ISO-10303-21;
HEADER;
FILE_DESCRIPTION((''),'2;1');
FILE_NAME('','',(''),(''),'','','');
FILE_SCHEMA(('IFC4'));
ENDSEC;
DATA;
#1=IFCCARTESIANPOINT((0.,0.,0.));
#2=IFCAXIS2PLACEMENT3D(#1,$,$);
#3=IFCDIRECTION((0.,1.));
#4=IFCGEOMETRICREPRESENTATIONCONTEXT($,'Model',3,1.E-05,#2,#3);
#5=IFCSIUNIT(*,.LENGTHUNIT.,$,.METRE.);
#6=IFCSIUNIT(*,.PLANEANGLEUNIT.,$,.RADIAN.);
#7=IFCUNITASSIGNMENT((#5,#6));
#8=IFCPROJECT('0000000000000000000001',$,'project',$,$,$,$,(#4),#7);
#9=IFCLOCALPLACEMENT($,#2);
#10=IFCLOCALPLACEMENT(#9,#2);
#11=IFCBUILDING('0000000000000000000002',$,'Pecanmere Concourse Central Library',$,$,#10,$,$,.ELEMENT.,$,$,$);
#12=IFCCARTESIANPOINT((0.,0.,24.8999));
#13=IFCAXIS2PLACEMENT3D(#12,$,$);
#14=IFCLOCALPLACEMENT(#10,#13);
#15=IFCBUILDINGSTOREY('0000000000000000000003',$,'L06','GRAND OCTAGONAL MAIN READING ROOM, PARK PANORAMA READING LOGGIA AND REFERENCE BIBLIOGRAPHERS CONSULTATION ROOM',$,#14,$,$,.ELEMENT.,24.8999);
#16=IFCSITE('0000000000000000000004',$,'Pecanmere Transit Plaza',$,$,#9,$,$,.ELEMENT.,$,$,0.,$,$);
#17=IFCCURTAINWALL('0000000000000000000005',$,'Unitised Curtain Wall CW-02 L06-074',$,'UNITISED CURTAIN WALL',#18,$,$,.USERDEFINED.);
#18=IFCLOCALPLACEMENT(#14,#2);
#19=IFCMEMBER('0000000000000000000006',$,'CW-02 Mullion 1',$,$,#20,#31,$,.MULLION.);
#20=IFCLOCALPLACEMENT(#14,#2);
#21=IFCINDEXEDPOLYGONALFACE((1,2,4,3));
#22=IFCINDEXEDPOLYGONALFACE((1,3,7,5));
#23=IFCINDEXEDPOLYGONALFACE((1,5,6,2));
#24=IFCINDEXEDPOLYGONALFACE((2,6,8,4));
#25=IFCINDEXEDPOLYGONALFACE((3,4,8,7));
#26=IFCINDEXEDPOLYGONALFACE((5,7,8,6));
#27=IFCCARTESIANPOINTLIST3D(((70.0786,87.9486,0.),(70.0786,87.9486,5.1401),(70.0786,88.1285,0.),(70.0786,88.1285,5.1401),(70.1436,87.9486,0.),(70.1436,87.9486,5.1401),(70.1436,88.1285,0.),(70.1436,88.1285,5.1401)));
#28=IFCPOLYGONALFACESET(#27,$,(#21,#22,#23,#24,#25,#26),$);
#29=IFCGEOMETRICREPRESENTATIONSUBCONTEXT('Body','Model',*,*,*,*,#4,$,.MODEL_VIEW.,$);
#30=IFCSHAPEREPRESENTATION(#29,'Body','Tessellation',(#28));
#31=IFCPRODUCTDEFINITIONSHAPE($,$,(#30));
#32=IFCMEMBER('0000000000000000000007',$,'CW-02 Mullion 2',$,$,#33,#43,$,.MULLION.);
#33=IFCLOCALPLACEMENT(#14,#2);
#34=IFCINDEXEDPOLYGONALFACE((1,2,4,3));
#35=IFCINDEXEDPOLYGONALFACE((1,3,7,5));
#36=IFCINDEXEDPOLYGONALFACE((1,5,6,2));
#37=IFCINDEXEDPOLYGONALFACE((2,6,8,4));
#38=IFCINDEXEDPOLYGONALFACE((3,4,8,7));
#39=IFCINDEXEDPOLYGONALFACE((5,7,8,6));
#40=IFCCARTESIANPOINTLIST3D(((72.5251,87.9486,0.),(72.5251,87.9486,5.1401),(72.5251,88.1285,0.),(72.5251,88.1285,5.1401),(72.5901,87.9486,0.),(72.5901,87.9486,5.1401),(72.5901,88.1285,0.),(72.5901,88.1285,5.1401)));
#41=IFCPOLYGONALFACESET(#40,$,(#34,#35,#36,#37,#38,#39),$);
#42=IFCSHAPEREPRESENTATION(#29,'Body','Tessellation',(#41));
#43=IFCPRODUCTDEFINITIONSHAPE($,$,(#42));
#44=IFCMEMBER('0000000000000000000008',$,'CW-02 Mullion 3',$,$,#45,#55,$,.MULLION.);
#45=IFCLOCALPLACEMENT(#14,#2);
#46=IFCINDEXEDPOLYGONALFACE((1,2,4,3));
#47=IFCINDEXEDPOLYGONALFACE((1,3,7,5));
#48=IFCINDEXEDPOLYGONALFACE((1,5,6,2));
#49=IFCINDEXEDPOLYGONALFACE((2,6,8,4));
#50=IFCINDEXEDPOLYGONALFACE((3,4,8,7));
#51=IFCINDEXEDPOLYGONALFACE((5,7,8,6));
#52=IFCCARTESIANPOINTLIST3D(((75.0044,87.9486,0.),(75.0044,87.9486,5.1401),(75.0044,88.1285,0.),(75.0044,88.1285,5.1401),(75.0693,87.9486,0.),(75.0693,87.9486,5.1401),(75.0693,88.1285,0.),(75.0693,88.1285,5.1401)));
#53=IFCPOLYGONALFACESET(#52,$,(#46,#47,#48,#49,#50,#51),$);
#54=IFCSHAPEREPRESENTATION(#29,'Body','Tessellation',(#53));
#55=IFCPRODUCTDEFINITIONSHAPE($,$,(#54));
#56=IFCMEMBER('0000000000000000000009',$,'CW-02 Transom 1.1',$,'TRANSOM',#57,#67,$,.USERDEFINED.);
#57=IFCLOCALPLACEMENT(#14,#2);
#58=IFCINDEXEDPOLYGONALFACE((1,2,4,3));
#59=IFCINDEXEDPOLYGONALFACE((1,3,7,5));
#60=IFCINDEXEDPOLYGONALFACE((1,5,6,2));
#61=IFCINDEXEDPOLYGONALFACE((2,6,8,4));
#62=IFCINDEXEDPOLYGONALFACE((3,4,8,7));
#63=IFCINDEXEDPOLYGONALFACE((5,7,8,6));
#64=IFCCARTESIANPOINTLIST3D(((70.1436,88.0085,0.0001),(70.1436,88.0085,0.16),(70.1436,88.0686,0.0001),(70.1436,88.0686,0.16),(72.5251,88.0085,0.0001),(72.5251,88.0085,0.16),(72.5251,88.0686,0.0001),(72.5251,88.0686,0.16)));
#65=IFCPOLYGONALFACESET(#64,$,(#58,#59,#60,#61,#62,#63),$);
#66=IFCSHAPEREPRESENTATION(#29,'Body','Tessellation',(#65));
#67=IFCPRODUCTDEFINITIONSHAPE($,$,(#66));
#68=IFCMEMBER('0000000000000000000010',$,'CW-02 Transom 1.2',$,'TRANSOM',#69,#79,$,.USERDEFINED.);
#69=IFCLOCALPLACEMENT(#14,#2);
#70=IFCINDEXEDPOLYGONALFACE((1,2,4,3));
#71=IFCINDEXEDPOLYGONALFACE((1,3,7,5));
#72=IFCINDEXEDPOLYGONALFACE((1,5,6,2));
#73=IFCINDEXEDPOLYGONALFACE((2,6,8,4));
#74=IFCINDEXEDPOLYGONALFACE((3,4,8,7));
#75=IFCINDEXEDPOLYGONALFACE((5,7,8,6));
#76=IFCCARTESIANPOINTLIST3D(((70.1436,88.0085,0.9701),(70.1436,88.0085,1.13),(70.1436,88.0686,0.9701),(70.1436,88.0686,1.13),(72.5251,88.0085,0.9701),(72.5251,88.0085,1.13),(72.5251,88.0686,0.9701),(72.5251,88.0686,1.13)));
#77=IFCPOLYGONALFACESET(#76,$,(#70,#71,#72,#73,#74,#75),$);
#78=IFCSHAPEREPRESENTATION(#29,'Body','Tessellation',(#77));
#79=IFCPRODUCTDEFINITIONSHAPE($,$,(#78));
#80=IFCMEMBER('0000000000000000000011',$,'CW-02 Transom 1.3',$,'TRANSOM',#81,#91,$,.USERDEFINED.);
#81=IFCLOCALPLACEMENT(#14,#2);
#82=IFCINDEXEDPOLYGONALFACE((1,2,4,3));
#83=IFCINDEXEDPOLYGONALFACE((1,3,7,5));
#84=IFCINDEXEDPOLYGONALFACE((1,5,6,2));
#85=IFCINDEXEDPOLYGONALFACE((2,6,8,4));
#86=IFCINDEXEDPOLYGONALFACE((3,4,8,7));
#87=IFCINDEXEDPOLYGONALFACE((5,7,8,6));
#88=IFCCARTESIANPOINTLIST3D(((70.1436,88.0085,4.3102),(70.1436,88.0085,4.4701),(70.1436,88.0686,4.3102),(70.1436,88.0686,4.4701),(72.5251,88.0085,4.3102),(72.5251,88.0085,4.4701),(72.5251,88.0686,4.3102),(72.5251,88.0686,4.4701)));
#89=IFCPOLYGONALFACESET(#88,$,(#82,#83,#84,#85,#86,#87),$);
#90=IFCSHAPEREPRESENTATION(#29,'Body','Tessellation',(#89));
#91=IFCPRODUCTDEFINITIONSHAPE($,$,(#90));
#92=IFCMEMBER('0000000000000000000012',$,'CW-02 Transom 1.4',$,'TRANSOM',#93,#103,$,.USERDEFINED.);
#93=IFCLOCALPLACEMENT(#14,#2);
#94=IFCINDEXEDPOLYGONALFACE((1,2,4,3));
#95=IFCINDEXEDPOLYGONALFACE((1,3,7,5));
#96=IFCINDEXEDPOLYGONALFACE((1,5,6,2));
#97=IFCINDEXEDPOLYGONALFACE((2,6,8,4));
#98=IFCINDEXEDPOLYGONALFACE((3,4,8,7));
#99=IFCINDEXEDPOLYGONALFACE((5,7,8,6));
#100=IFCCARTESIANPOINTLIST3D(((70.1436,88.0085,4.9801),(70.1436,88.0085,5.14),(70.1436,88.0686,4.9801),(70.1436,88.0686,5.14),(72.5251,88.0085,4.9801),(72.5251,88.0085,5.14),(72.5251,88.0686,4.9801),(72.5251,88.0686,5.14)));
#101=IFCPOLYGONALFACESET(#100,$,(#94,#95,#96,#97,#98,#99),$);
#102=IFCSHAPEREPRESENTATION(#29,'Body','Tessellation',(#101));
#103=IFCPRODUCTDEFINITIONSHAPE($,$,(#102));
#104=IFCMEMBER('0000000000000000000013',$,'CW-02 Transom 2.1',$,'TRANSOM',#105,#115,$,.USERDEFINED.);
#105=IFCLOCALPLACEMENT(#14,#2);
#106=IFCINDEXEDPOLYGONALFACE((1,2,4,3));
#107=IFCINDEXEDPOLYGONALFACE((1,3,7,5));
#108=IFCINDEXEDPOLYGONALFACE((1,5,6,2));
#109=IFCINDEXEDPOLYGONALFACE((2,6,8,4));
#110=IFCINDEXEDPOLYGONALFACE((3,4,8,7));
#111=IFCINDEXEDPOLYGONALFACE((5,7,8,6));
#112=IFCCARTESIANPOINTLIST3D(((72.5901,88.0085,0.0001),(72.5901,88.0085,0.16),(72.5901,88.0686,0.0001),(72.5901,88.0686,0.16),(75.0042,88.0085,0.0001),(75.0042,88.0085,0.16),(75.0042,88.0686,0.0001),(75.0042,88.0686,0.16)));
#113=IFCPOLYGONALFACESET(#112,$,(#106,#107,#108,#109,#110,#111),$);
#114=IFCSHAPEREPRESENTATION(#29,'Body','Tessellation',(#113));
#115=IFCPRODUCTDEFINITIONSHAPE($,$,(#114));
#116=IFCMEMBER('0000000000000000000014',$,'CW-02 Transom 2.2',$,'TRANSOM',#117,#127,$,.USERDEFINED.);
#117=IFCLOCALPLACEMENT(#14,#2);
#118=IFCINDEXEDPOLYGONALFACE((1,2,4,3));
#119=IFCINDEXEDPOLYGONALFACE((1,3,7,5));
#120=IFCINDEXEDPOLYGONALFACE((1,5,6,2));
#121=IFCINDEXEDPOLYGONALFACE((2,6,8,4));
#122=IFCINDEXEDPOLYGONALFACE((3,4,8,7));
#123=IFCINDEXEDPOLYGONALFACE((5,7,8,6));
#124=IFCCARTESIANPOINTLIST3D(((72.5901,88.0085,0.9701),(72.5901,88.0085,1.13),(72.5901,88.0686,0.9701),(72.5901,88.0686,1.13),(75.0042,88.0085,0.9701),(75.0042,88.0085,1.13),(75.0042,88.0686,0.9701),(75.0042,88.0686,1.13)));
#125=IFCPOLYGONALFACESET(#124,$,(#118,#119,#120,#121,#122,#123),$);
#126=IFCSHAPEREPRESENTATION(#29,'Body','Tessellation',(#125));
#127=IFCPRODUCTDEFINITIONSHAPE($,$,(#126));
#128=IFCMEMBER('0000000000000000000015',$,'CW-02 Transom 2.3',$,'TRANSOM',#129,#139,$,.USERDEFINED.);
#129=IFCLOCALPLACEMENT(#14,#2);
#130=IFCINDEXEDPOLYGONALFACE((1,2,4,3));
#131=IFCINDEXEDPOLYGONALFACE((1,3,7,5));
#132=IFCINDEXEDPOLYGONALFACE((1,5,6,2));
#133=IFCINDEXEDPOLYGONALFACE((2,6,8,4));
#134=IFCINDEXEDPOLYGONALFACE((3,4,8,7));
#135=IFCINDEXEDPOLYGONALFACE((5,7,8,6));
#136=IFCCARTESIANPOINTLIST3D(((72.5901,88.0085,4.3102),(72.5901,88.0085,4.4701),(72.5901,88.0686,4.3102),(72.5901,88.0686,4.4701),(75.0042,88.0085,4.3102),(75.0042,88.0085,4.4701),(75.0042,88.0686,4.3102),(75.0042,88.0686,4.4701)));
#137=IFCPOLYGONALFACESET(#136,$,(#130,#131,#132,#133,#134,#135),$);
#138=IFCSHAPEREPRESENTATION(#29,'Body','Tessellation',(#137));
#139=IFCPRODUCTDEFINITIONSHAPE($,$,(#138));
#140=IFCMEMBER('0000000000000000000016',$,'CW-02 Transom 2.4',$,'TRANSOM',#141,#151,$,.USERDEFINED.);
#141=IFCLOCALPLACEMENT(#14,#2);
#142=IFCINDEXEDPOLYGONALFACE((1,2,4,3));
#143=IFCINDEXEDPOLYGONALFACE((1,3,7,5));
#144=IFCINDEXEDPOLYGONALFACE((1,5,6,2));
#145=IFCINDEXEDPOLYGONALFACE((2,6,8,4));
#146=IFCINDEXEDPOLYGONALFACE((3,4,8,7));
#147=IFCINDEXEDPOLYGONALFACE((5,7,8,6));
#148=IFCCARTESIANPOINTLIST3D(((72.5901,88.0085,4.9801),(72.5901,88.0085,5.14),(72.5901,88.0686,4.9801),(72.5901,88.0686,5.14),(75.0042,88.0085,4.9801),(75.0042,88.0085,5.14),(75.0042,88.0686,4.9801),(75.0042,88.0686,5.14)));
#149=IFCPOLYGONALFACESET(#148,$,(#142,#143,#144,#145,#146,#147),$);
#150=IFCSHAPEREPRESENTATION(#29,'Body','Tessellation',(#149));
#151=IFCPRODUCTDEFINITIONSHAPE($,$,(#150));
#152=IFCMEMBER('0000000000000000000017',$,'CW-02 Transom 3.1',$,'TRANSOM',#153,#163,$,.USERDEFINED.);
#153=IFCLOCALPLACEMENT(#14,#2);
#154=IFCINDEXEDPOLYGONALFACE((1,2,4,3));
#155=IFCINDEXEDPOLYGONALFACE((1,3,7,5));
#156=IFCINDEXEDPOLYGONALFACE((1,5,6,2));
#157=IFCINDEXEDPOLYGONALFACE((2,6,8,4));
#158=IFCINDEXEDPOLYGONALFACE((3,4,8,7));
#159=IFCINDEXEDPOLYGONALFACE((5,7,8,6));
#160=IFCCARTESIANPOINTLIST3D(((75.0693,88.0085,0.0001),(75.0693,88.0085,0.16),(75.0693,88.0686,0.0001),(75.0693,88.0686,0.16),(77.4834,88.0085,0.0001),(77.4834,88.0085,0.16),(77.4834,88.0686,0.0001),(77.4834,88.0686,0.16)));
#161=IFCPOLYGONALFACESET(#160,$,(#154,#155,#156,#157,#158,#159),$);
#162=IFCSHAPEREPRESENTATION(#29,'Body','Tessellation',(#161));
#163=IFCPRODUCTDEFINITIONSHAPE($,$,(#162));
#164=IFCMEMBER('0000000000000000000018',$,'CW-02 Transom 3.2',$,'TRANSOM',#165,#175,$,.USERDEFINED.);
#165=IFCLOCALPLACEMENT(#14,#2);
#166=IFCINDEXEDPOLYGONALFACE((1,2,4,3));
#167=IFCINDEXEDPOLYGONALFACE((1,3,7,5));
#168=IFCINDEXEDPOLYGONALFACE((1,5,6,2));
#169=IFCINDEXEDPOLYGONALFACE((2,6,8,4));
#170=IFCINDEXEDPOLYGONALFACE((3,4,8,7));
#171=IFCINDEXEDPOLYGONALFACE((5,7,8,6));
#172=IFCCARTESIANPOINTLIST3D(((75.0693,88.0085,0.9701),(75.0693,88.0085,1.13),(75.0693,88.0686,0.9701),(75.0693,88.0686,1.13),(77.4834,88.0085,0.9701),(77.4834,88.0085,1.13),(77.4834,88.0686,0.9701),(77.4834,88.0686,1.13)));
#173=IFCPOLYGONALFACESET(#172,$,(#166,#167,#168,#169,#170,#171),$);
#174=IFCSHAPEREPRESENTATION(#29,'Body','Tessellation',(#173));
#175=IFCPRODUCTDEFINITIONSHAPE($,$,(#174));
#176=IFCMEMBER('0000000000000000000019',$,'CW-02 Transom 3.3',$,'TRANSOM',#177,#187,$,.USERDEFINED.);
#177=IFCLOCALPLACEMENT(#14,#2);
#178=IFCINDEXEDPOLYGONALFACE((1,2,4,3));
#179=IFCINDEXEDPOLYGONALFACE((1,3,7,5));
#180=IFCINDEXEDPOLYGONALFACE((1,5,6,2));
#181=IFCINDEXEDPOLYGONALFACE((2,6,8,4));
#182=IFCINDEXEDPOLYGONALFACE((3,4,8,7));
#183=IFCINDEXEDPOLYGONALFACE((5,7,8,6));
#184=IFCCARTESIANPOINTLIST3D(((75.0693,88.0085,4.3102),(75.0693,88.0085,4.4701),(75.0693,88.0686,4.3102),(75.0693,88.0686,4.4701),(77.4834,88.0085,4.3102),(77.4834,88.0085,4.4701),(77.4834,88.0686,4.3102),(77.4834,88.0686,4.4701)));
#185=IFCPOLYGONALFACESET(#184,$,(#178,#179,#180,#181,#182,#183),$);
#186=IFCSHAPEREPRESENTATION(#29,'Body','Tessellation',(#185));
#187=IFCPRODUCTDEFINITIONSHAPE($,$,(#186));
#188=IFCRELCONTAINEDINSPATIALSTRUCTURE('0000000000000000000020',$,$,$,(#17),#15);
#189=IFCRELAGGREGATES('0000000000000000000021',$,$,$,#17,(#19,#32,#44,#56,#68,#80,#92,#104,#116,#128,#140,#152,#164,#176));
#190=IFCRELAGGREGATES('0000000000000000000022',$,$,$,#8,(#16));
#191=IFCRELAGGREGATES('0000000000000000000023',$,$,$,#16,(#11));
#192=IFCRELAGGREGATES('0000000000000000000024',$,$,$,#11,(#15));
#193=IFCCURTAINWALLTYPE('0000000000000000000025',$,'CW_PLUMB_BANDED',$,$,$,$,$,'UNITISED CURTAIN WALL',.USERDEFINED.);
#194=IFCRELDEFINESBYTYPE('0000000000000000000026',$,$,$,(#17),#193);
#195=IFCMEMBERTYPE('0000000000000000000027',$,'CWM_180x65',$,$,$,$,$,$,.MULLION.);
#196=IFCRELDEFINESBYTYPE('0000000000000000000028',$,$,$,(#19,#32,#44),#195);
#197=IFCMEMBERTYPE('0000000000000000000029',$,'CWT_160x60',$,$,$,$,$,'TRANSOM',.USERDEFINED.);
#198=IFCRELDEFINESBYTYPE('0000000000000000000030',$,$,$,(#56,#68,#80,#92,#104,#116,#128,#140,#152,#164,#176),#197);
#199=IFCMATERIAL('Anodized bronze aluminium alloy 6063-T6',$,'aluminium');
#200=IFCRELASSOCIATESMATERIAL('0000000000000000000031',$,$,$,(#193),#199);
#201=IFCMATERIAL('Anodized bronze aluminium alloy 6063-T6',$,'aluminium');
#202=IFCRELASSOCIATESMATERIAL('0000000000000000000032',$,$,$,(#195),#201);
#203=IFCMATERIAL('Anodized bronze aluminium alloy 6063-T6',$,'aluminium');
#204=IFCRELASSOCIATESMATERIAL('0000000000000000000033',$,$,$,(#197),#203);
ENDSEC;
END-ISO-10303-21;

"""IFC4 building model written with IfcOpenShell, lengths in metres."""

from ifc_helpers import new_model, si_unit, direction, frame, origin, origin_2d, place, context, subcontext, project, spatial, rectangle, extrude, material, material_profile, profile_set, type_object, element, aggregate, save


model = new_model("IFC4")

# Units and contexts
model_context = context("Model", 3, precision=1e-05, world=origin(), true_north=direction((0.0, 1.0)))
body_context = subcontext(model_context, "Body", "Model", "MODEL_VIEW")
ifc_project = project(units=[si_unit("LENGTHUNIT", "METRE"), si_unit("PLANEANGLEUNIT", "RADIAN")], contexts=[model_context])

# Site, building, storey
site_placement = place(None, origin())
site = spatial("IfcSite", under=ifc_project, at=site_placement, Name="Pecanmere Transit Plaza", CompositionType="ELEMENT", RefElevation=0.0)
building_placement = place(site_placement, origin())
building = spatial("IfcBuilding", under=site, at=building_placement, Name="Pecanmere Concourse Central Library", CompositionType="ELEMENT")
storey_placement = place(building_placement, frame((0.0, 0.0, 24.8999)))
storey = spatial("IfcBuildingStorey", under=building, at=storey_placement, Name="L06", Description="GRAND OCTAGONAL MAIN READING ROOM, PARK PANORAMA READING LOGGIA AND REFERENCE BIBLIOGRAPHERS CONSULTATION ROOM", CompositionType="ELEMENT", Elevation=24.8999)

# Curtain wall, members
ifc_material_1 = material(Name="Anodized bronze aluminium alloy 6063-T6", Category="aluminium")
curtain_wall_type = type_object("IfcCurtainWallType", Name="CW_PLUMB_BANDED", ElementType="UNITISED CURTAIN WALL", PredefinedType="USERDEFINED", material=ifc_material_1)
curtain_wall_placement = place(storey_placement, origin())
curtain_wall = element("IfcCurtainWall", 1, at=curtain_wall_placement, inside=storey, type_object=curtain_wall_type, Name="Unitised Curtain Wall CW-02 L06-074", ObjectType="UNITISED CURTAIN WALL", PredefinedType="USERDEFINED")
ifc_material_2 = material(Name="Anodized bronze aluminium alloy 6063-T6", Category="aluminium")
ifc_material_profile_1 = material_profile(ifc_material_2, rectangle(XDim=0.0649, YDim=0.1799, at=origin_2d()), Name="AL 65x180")
ifc_profile_set_1 = profile_set([ifc_material_profile_1], Name="Anodized bronze aluminium alloy 6063-T6")
member_type_1 = type_object("IfcMemberType", Name="CWM_180x65", PredefinedType="MULLION", material=ifc_profile_set_1)
member_1_placement = place(storey_placement, frame((70.1111, 88.0386, 0.0), z_axis=(0.0, 0.0, 1.0), x_axis=(1.0, 0.0, 0.0)))
member_1 = element("IfcMember", 2, at=member_1_placement, type_object=member_type_1, Name="CW-02 Mullion 1", PredefinedType="MULLION", context=body_context, shape_type="SweptSolid", body=[
    extrude(rectangle(XDim=0.0649, YDim=0.1799, at=origin_2d()), origin(), (0.0, 0.0, 1.0), 5.1401),
])
member_2_placement = place(storey_placement, frame((72.5576, 88.0386, 0.0), z_axis=(0.0, 0.0, 1.0), x_axis=(1.0, 0.0, 0.0)))
member_2 = element("IfcMember", 3, at=member_2_placement, type_object=member_type_1, Name="CW-02 Mullion 2", PredefinedType="MULLION", context=body_context, shape_type="SweptSolid", body=[
    extrude(rectangle(XDim=0.0649, YDim=0.1799, at=origin_2d()), origin(), (0.0, 0.0, 1.0), 5.1401),
])
member_3_placement = place(storey_placement, frame((75.0369, 88.0386, 0.0), z_axis=(0.0, 0.0, 1.0), x_axis=(1.0, 0.0, 0.0)))
member_3 = element("IfcMember", 4, at=member_3_placement, type_object=member_type_1, Name="CW-02 Mullion 3", PredefinedType="MULLION", context=body_context, shape_type="SweptSolid", body=[
    extrude(rectangle(XDim=0.0649, YDim=0.1799, at=origin_2d()), origin(), (0.0, 0.0, 1.0), 5.1401),
])
ifc_material_3 = material(Name="Anodized bronze aluminium alloy 6063-T6", Category="aluminium")
ifc_material_profile_2 = material_profile(ifc_material_3, rectangle(XDim=0.0601, YDim=0.1599, at=origin_2d()), Name="AL 60x160")
ifc_profile_set_2 = profile_set([ifc_material_profile_2], Name="Anodized bronze aluminium alloy 6063-T6")
member_type_2 = type_object("IfcMemberType", Name="CWT_160x60", ElementType="TRANSOM", PredefinedType="USERDEFINED", material=ifc_profile_set_2)
member_4_placement = place(storey_placement, frame((70.1436, 88.0386, 0.0801), z_axis=(1.0, 0.0, 0.0), x_axis=(0.0, 1.0, 0.0)))
member_4 = element("IfcMember", 5, at=member_4_placement, type_object=member_type_2, Name="CW-02 Transom 1.1", ObjectType="TRANSOM", PredefinedType="USERDEFINED", context=body_context, shape_type="SweptSolid", body=[
    extrude(rectangle(XDim=0.0601, YDim=0.1599, at=origin_2d()), origin(), (0.0, 0.0, 1.0), 2.3816),
])
member_5_placement = place(storey_placement, frame((70.1436, 88.0386, 1.05), z_axis=(1.0, 0.0, 0.0), x_axis=(0.0, 1.0, 0.0)))
member_5 = element("IfcMember", 6, at=member_5_placement, type_object=member_type_2, Name="CW-02 Transom 1.2", ObjectType="TRANSOM", PredefinedType="USERDEFINED", context=body_context, shape_type="SweptSolid", body=[
    extrude(rectangle(XDim=0.0601, YDim=0.1599, at=origin_2d()), origin(), (0.0, 0.0, 1.0), 2.3816),
])
member_6_placement = place(storey_placement, frame((70.1436, 88.0386, 4.3901), z_axis=(1.0, 0.0, 0.0), x_axis=(0.0, 1.0, 0.0)))
member_6 = element("IfcMember", 7, at=member_6_placement, type_object=member_type_2, Name="CW-02 Transom 1.3", ObjectType="TRANSOM", PredefinedType="USERDEFINED", context=body_context, shape_type="SweptSolid", body=[
    extrude(rectangle(XDim=0.0601, YDim=0.1599, at=origin_2d()), origin(), (0.0, 0.0, 1.0), 2.3816),
])
member_7_placement = place(storey_placement, frame((70.1436, 88.0386, 5.0601), z_axis=(1.0, 0.0, 0.0), x_axis=(0.0, 1.0, 0.0)))
member_7 = element("IfcMember", 8, at=member_7_placement, type_object=member_type_2, Name="CW-02 Transom 1.4", ObjectType="TRANSOM", PredefinedType="USERDEFINED", context=body_context, shape_type="SweptSolid", body=[
    extrude(rectangle(XDim=0.0601, YDim=0.1599, at=origin_2d()), origin(), (0.0, 0.0, 1.0), 2.3816),
])
member_8_placement = place(storey_placement, frame((72.5901, 88.0386, 0.0801), z_axis=(1.0, 0.0, 0.0), x_axis=(0.0, 1.0, 0.0)))
member_8 = element("IfcMember", 9, at=member_8_placement, type_object=member_type_2, Name="CW-02 Transom 2.1", ObjectType="TRANSOM", PredefinedType="USERDEFINED", context=body_context, shape_type="SweptSolid", body=[
    extrude(rectangle(XDim=0.0601, YDim=0.1599, at=origin_2d()), origin(), (0.0, 0.0, 1.0), 2.4141),
])
member_9_placement = place(storey_placement, frame((72.5901, 88.0386, 1.05), z_axis=(1.0, 0.0, 0.0), x_axis=(0.0, 1.0, 0.0)))
member_9 = element("IfcMember", 10, at=member_9_placement, type_object=member_type_2, Name="CW-02 Transom 2.2", ObjectType="TRANSOM", PredefinedType="USERDEFINED", context=body_context, shape_type="SweptSolid", body=[
    extrude(rectangle(XDim=0.0601, YDim=0.1599, at=origin_2d()), origin(), (0.0, 0.0, 1.0), 2.4141),
])
member_10_placement = place(storey_placement, frame((72.5901, 88.0386, 4.3901), z_axis=(1.0, 0.0, 0.0), x_axis=(0.0, 1.0, 0.0)))
member_10 = element("IfcMember", 11, at=member_10_placement, type_object=member_type_2, Name="CW-02 Transom 2.3", ObjectType="TRANSOM", PredefinedType="USERDEFINED", context=body_context, shape_type="SweptSolid", body=[
    extrude(rectangle(XDim=0.0601, YDim=0.1599, at=origin_2d()), origin(), (0.0, 0.0, 1.0), 2.4141),
])
member_11_placement = place(storey_placement, frame((72.5901, 88.0386, 5.0601), z_axis=(1.0, 0.0, 0.0), x_axis=(0.0, 1.0, 0.0)))
member_11 = element("IfcMember", 12, at=member_11_placement, type_object=member_type_2, Name="CW-02 Transom 2.4", ObjectType="TRANSOM", PredefinedType="USERDEFINED", context=body_context, shape_type="SweptSolid", body=[
    extrude(rectangle(XDim=0.0601, YDim=0.1599, at=origin_2d()), origin(), (0.0, 0.0, 1.0), 2.4141),
])
member_12_placement = place(storey_placement, frame((75.0693, 88.0386, 0.0801), z_axis=(1.0, 0.0, 0.0), x_axis=(0.0, 1.0, 0.0)))
member_12 = element("IfcMember", 13, at=member_12_placement, type_object=member_type_2, Name="CW-02 Transom 3.1", ObjectType="TRANSOM", PredefinedType="USERDEFINED", context=body_context, shape_type="SweptSolid", body=[
    extrude(rectangle(XDim=0.0601, YDim=0.1599, at=origin_2d()), origin(), (0.0, 0.0, 1.0), 2.4141),
])
member_13_placement = place(storey_placement, frame((75.0693, 88.0386, 1.05), z_axis=(1.0, 0.0, 0.0), x_axis=(0.0, 1.0, 0.0)))
member_13 = element("IfcMember", 14, at=member_13_placement, type_object=member_type_2, Name="CW-02 Transom 3.2", ObjectType="TRANSOM", PredefinedType="USERDEFINED", context=body_context, shape_type="SweptSolid", body=[
    extrude(rectangle(XDim=0.0601, YDim=0.1599, at=origin_2d()), origin(), (0.0, 0.0, 1.0), 2.4141),
])
member_14_placement = place(storey_placement, frame((75.0693, 88.0386, 4.3901), z_axis=(1.0, 0.0, 0.0), x_axis=(0.0, 1.0, 0.0)))
member_14 = element("IfcMember", 15, at=member_14_placement, type_object=member_type_2, Name="CW-02 Transom 3.3", ObjectType="TRANSOM", PredefinedType="USERDEFINED", context=body_context, shape_type="SweptSolid", body=[
    extrude(rectangle(XDim=0.0601, YDim=0.1599, at=origin_2d()), origin(), (0.0, 0.0, 1.0), 2.4141),
])

aggregate(curtain_wall, [member_1, member_2, member_3, member_4, member_5, member_6, member_7, member_8, member_9, member_10, member_11, member_12, member_13, member_14])

save(model, "model.ifc")
